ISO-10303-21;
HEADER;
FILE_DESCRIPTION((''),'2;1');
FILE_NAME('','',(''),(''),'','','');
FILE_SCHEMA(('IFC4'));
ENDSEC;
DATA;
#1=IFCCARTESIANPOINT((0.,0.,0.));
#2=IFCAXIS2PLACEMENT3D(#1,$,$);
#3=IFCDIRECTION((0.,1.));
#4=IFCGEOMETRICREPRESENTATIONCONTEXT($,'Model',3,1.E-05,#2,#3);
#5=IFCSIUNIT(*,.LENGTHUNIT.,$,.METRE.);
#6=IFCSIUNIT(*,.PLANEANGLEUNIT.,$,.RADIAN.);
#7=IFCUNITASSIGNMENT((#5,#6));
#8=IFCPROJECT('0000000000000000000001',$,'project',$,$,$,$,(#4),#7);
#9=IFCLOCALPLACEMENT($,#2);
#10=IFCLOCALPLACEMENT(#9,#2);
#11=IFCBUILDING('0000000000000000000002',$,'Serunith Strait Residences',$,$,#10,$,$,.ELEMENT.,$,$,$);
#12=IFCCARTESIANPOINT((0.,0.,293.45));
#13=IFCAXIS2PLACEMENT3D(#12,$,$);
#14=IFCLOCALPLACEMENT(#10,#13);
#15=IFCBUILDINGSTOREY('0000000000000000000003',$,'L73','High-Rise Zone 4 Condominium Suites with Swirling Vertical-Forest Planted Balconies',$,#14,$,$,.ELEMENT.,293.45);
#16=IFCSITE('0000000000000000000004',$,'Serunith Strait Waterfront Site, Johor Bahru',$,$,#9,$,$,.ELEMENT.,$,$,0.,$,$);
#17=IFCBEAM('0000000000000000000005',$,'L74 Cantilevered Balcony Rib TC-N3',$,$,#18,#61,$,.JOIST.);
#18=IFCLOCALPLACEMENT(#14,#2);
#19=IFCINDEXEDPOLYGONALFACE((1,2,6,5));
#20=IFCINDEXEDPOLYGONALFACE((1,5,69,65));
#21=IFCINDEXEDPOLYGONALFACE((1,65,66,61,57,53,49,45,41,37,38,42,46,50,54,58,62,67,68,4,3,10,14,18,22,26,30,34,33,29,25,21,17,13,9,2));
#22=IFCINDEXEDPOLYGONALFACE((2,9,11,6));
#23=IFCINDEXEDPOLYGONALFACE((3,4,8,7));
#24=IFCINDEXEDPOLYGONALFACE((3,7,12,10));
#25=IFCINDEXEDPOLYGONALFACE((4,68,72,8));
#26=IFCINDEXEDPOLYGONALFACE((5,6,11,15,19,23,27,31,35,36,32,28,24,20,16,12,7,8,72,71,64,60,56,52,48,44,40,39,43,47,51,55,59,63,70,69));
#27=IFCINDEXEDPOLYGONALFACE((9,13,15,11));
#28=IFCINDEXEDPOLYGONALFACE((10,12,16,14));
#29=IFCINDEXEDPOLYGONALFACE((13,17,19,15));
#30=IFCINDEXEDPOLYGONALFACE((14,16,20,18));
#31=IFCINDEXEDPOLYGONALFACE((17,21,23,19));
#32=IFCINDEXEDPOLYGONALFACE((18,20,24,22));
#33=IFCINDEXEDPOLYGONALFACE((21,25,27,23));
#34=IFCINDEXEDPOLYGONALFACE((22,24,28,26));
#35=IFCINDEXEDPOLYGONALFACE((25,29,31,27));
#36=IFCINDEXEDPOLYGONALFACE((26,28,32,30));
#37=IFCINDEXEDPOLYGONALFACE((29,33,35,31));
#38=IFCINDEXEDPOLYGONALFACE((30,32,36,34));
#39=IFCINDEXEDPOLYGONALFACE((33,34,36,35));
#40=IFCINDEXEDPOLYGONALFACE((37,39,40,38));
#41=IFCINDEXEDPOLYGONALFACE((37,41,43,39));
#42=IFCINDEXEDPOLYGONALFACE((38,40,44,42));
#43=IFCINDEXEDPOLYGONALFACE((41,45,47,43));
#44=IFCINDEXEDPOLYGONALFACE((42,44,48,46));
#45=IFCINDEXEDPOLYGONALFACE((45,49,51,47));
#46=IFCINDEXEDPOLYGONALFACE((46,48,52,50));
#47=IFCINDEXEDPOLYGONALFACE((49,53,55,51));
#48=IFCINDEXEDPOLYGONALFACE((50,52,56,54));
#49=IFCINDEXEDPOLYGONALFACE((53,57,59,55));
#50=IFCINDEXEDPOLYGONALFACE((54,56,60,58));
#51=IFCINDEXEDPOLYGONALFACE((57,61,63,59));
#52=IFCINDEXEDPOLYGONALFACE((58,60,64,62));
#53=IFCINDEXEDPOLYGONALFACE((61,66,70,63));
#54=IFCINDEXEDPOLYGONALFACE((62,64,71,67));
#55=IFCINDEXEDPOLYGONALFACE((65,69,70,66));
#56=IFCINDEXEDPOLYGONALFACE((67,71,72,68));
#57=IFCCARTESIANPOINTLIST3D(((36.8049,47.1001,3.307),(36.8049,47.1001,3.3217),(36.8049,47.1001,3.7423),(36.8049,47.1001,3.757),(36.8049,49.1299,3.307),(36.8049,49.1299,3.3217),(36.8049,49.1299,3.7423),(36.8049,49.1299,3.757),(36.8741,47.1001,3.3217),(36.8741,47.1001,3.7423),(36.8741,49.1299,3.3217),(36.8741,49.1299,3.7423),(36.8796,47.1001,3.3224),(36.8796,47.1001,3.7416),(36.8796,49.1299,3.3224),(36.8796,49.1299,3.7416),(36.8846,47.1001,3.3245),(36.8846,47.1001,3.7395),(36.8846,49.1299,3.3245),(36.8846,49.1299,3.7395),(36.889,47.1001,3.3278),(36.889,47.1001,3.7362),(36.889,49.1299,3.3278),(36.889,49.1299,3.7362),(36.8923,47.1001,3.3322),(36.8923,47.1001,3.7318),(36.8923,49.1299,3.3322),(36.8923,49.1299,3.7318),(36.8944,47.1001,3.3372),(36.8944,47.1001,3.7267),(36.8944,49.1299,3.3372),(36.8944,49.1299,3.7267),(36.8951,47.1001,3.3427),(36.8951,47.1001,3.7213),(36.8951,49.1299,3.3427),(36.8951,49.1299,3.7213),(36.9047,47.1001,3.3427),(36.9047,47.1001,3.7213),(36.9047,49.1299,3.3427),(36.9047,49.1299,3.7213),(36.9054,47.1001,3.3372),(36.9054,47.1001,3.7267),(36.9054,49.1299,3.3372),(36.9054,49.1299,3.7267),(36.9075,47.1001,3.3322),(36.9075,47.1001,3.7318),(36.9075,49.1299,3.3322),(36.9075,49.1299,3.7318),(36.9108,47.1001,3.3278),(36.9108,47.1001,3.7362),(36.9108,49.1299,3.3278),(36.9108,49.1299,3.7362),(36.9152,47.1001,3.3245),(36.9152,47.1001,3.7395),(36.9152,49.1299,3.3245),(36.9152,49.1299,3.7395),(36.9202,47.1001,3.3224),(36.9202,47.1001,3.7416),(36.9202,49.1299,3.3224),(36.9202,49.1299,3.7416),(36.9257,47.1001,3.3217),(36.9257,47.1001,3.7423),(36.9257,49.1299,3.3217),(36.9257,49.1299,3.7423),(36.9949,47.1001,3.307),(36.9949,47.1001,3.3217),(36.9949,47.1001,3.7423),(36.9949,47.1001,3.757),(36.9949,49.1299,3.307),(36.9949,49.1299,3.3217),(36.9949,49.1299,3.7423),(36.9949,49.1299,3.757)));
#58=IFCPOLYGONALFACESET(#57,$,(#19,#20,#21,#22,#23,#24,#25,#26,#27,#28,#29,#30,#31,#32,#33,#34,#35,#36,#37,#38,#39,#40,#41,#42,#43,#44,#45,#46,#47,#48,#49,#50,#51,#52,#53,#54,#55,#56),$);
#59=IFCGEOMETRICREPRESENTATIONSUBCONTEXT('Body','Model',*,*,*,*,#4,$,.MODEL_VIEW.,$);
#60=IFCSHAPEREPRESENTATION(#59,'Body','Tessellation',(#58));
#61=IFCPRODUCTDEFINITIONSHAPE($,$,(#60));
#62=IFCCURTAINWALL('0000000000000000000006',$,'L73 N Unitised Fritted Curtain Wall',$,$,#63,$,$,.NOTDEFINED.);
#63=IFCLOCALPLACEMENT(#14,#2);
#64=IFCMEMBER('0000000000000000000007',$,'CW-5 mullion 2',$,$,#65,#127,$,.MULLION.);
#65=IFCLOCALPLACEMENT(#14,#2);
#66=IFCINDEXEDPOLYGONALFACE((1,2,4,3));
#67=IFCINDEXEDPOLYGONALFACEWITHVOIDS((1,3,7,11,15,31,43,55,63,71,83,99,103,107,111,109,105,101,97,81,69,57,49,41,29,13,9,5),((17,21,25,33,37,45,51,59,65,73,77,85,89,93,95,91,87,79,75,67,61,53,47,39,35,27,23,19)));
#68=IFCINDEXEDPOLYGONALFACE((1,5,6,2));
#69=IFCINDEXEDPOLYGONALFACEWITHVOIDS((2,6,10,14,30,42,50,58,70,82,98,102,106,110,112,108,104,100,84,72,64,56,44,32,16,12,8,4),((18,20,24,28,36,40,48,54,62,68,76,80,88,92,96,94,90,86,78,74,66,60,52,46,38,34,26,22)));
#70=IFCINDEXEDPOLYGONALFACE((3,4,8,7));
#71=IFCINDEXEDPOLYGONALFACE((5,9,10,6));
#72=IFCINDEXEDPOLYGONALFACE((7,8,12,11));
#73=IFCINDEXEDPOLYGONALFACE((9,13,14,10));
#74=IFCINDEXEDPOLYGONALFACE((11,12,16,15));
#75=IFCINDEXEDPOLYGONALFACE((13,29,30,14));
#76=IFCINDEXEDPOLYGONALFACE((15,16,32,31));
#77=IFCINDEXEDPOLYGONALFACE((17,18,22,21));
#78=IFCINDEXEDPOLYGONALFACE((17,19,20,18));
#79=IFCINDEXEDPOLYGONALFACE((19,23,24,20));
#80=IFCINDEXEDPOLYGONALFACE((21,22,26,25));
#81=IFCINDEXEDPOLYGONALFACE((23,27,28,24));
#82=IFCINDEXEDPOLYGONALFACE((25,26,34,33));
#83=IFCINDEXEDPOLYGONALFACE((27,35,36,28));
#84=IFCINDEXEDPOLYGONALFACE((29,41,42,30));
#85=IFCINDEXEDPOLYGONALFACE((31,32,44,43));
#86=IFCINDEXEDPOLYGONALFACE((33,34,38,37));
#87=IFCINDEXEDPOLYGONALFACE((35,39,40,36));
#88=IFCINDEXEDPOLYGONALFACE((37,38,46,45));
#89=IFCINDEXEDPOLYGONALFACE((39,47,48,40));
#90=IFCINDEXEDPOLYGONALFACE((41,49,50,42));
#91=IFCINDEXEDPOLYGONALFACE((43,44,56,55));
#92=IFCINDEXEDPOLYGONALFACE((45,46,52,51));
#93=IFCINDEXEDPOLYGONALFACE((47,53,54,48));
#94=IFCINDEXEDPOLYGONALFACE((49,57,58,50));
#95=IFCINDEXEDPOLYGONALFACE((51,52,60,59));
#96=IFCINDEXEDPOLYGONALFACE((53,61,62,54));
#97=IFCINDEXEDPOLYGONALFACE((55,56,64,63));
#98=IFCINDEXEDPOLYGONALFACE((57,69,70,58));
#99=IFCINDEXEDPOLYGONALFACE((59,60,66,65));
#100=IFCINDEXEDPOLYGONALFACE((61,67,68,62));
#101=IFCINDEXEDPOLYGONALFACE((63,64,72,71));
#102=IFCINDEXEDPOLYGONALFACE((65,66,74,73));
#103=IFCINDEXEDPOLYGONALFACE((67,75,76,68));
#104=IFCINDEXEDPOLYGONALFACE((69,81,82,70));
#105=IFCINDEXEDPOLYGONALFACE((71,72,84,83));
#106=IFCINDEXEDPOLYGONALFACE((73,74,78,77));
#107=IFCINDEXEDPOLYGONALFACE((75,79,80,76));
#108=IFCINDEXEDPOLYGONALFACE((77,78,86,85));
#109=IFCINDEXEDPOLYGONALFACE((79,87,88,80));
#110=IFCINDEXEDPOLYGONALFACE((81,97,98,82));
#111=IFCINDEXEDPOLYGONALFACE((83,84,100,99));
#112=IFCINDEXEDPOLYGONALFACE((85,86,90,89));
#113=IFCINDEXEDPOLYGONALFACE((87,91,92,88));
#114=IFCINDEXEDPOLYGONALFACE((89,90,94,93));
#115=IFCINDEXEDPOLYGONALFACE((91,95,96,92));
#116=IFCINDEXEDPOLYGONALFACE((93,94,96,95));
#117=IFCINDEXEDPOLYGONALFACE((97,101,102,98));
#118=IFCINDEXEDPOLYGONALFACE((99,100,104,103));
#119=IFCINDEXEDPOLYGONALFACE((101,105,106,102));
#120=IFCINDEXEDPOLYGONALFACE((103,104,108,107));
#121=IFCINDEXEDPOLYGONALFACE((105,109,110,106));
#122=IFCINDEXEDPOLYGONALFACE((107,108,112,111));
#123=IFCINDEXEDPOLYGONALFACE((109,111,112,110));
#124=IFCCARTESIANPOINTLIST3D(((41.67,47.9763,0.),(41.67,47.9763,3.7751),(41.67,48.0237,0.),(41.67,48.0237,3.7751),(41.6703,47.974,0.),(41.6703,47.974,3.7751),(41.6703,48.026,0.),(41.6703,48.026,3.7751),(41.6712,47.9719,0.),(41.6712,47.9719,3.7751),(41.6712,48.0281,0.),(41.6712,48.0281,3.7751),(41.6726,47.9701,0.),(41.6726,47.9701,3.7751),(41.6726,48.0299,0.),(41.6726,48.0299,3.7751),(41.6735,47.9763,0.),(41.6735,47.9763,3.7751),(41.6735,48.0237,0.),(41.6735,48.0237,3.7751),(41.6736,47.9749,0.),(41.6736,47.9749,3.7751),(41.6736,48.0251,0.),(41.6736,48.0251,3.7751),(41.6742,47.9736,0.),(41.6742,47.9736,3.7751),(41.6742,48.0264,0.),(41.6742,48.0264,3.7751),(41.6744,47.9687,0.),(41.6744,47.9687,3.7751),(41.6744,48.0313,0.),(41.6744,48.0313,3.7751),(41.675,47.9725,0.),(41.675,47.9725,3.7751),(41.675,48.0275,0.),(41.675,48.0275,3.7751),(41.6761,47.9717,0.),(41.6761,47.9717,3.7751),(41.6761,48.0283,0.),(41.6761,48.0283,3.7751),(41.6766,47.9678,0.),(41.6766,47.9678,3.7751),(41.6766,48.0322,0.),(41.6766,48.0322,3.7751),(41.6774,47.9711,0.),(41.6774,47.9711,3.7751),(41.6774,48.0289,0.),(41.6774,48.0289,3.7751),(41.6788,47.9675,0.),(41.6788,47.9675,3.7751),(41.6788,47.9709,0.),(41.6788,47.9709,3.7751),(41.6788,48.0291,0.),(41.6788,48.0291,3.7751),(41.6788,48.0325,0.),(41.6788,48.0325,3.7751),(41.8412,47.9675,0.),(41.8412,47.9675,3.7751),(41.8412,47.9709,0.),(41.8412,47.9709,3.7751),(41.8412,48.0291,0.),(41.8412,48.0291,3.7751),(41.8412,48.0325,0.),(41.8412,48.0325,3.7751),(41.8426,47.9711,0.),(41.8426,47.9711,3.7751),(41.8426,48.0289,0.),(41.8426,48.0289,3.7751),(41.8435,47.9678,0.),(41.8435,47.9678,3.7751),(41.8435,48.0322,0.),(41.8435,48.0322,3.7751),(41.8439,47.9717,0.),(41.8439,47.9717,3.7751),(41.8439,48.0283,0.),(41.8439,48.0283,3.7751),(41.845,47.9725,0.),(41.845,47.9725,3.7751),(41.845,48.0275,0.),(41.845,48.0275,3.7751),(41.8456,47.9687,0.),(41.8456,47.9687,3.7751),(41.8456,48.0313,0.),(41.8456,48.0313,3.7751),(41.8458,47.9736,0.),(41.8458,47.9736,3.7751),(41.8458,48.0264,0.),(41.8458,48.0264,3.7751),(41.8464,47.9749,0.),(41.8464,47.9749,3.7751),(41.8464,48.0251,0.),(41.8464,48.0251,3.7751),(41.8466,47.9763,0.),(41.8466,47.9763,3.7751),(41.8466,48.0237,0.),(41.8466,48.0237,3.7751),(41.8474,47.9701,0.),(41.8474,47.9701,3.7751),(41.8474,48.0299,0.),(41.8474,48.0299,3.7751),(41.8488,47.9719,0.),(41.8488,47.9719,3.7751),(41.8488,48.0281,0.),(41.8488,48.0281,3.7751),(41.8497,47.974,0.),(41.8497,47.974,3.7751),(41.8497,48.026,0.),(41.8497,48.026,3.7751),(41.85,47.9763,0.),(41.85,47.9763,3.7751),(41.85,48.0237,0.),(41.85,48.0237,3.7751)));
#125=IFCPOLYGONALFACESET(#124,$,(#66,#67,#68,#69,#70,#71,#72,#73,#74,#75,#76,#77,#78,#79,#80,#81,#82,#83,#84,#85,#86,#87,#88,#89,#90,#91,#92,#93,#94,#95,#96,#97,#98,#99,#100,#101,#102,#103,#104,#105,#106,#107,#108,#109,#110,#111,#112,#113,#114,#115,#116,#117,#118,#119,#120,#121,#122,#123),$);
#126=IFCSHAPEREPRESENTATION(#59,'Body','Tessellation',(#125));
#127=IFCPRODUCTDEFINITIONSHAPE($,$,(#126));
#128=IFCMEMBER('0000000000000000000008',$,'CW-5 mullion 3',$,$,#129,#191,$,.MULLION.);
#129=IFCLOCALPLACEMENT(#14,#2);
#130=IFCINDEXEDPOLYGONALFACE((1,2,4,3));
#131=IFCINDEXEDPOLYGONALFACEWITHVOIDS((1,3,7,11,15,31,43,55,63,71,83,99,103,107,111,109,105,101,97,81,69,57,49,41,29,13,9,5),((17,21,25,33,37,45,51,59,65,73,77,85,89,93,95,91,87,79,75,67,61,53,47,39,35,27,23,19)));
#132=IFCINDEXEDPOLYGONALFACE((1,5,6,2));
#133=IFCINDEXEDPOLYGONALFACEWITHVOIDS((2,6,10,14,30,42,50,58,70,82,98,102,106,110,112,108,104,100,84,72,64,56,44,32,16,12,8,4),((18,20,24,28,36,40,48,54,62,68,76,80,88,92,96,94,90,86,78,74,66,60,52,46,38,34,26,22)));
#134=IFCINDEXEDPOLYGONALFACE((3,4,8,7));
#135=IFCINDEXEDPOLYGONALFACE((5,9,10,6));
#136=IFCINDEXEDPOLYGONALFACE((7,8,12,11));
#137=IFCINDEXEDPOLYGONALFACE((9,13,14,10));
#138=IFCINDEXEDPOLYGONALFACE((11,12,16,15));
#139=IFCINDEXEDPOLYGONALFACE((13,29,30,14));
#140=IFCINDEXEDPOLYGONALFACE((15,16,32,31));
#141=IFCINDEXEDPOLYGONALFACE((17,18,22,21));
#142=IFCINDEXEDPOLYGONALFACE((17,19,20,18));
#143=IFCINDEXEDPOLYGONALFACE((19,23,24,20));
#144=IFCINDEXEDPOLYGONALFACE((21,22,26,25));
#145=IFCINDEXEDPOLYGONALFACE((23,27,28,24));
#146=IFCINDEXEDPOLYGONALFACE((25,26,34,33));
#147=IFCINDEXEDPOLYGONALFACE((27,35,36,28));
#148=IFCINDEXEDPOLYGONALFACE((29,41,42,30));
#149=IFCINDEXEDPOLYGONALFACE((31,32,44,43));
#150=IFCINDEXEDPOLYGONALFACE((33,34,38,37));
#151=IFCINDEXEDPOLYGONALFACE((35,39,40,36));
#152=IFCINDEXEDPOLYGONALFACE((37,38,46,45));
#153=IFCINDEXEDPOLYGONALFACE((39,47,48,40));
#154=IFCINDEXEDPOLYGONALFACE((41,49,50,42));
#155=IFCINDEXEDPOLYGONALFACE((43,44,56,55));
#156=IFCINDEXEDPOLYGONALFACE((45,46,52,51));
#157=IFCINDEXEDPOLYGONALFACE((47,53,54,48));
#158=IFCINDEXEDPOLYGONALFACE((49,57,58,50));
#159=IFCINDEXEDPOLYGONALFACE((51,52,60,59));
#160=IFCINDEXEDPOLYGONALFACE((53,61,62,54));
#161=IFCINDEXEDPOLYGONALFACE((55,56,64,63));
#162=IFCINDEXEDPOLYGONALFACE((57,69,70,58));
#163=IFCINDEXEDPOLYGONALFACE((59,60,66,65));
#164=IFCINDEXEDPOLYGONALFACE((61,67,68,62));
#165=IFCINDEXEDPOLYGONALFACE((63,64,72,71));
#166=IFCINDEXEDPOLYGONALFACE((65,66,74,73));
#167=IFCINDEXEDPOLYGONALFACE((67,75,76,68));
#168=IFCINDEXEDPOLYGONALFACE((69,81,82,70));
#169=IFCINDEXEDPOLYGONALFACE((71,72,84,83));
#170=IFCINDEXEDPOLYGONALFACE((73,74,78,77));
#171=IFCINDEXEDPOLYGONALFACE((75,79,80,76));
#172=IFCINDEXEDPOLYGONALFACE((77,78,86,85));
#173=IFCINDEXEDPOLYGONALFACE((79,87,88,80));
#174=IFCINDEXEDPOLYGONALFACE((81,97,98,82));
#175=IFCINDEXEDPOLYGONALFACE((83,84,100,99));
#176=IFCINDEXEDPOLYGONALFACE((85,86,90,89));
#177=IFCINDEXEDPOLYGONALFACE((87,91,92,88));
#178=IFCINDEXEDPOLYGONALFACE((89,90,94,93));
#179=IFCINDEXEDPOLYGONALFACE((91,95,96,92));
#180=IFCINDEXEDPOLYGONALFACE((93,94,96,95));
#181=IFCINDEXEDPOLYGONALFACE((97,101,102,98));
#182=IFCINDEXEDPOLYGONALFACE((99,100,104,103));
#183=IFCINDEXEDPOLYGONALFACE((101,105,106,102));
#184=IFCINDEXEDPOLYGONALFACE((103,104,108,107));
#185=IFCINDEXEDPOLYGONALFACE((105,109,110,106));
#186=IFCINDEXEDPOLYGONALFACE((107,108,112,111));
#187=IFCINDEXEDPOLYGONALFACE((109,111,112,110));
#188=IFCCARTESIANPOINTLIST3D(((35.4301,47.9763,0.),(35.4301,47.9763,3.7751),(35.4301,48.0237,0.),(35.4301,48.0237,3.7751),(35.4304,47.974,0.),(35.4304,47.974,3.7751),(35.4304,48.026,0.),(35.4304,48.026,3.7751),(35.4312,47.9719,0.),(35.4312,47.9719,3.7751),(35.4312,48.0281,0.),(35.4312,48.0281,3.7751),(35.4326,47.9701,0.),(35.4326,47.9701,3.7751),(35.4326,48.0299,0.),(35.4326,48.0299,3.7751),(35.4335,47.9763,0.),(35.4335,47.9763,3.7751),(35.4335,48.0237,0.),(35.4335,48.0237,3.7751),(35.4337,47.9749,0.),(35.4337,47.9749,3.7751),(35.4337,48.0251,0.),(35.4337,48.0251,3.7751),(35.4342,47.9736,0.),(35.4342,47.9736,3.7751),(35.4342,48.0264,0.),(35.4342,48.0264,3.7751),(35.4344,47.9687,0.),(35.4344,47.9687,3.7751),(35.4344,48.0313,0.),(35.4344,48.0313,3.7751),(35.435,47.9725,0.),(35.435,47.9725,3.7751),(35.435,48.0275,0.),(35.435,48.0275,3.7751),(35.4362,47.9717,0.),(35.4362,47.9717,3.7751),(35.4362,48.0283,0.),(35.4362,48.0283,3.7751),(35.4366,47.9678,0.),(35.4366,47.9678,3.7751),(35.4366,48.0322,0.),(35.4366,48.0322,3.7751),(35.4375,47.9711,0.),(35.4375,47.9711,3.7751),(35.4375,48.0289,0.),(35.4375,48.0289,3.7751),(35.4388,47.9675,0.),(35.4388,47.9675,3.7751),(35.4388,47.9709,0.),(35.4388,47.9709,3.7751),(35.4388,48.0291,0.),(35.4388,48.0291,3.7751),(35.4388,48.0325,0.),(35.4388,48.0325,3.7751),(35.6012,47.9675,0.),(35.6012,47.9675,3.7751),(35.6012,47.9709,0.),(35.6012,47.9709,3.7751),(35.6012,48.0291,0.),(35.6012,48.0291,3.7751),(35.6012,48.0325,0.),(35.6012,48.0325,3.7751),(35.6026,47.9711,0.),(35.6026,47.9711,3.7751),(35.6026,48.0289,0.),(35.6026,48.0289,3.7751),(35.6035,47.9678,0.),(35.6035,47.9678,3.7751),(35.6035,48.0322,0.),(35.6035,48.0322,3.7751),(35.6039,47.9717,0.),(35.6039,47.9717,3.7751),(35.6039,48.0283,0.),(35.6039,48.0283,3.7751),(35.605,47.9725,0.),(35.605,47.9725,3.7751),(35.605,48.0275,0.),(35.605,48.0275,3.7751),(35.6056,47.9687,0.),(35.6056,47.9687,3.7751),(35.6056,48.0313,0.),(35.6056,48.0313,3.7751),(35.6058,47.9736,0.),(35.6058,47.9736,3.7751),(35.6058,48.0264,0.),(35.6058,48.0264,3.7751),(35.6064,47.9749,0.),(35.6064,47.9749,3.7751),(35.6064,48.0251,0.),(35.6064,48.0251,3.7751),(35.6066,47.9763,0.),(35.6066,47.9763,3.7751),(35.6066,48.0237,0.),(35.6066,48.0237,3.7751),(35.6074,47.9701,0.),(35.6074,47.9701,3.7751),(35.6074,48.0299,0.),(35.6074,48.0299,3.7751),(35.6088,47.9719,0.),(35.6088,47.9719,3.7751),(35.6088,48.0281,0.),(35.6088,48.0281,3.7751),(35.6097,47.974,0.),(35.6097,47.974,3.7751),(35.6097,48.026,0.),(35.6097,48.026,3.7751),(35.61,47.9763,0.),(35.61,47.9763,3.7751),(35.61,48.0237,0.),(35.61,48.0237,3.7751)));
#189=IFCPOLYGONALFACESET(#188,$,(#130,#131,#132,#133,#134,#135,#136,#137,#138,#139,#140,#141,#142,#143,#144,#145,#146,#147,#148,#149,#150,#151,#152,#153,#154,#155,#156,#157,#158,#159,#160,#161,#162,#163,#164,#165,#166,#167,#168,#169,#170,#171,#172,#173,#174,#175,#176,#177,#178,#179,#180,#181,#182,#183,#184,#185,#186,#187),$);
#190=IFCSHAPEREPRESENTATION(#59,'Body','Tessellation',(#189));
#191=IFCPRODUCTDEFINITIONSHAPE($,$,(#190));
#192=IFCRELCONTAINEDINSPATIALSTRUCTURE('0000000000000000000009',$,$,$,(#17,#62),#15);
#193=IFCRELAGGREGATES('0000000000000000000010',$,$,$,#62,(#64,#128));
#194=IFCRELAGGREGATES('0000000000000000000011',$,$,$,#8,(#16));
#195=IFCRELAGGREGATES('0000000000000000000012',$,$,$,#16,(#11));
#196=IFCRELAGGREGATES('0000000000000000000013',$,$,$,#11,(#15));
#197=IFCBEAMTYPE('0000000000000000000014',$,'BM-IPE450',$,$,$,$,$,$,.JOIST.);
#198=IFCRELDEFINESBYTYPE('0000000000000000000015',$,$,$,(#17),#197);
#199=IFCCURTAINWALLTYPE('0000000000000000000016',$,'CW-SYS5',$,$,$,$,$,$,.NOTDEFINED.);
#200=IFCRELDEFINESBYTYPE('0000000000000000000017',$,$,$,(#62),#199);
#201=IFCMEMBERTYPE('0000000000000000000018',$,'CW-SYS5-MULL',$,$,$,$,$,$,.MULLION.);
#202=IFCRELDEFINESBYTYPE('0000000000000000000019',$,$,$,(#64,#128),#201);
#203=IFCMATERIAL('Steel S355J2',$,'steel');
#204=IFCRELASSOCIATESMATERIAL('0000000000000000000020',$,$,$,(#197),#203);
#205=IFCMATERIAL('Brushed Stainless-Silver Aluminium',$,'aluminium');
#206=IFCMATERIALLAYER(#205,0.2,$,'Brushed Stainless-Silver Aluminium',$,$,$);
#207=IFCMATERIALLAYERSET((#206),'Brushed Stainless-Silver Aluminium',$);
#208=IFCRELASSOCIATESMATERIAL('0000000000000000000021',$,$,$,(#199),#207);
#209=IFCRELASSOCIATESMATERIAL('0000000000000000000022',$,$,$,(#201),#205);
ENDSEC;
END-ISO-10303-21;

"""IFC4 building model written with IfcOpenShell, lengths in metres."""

from ifc_helpers import new_model, si_unit, direction, frame, origin, origin_2d, place, context, subcontext, project, spatial, hollow_rectangle, i_section, extrude, source, transform, mapped, material, layer, layer_set, material_profile, profile_set, type_object, element, aggregate, save


model = new_model("IFC4")

# Units and contexts
model_context = context("Model", 3, precision=1e-05, world=origin(), true_north=direction((0.0, 1.0)))
body_context = subcontext(model_context, "Body", "Model", "MODEL_VIEW")
ifc_project = project(units=[si_unit("LENGTHUNIT", "METRE"), si_unit("PLANEANGLEUNIT", "RADIAN")], contexts=[model_context])

# Site, building, storey
site_placement = place(None, origin())
site = spatial("IfcSite", under=ifc_project, at=site_placement, Name="Serunith Strait Waterfront Site, Johor Bahru", CompositionType="ELEMENT", RefElevation=0.0)
building_placement = place(site_placement, origin())
building = spatial("IfcBuilding", under=site, at=building_placement, Name="Serunith Strait Residences", CompositionType="ELEMENT")
storey_placement = place(building_placement, frame((0.0, 0.0, 293.45)))
storey = spatial("IfcBuildingStorey", under=building, at=storey_placement, Name="L73", Description="High-Rise Zone 4 Condominium Suites with Swirling Vertical-Forest Planted Balconies", CompositionType="ELEMENT", Elevation=293.45)

# Beam
ifc_material_1 = material(Name="Steel S355J2", Category="steel")
ifc_material_profile_1 = material_profile(ifc_material_1, i_section(OverallWidth=0.1899, OverallDepth=0.45, WebThickness=0.0095, FlangeThickness=0.0146, FilletRadius=0.021, at=origin_2d()), Name="IPE 450")
ifc_profile_set_1 = profile_set([ifc_material_profile_1], Name="Steel S355J2")
beam_type_1 = type_object("IfcBeamType", Name="BM-IPE450", PredefinedType="JOIST", material=ifc_profile_set_1)
shared_shape_1 = source(origin(), body_context, "Body", "SweptSolid", [
    extrude(i_section(OverallWidth=0.1899, OverallDepth=0.45, WebThickness=0.0095, FlangeThickness=0.0146, FilletRadius=0.021, at=origin_2d()), origin(), (0.0, 0.0, 1.0), 2.0298),
])
beam_1_placement = place(storey_placement, frame((36.8999, 47.1001, 3.532), z_axis=(0.0, 1.0, 0.0), x_axis=(-1.0, 0.0, 0.0)))
element("IfcBeam", 1, at=beam_1_placement, inside=storey, type_object=beam_type_1, Name="L74 Cantilevered Balcony Rib TC-N3", PredefinedType="JOIST", context=body_context, shape_type="MappedRepresentation", body=[
    mapped(shared_shape_1, transform((0.0, 0.0, 0.0), scale=1.0)),
])

# Curtain wall, members
ifc_material_2 = material(Name="Brushed Stainless-Silver Aluminium", Category="aluminium")
ifc_layer_1 = layer(ifc_material_2, 0.2, Name="Brushed Stainless-Silver Aluminium")
ifc_layer_set_1 = layer_set([ifc_layer_1], Name="Brushed Stainless-Silver Aluminium")
curtain_wall_type = type_object("IfcCurtainWallType", Name="CW-SYS5", PredefinedType="NOTDEFINED", material=ifc_layer_set_1)
curtain_wall_placement = place(storey_placement, origin())
curtain_wall = element("IfcCurtainWall", 2, at=curtain_wall_placement, inside=storey, type_object=curtain_wall_type, Name="L73 N Unitised Fritted Curtain Wall", PredefinedType="NOTDEFINED")
ifc_material_profile_2 = material_profile(ifc_material_2, hollow_rectangle(XDim=0.0649, YDim=0.1799, WallThickness=0.0034, InnerFilletRadius=0.0054, OuterFilletRadius=0.0088, at=origin_2d()), Name="ALU 180x65x3.5")
ifc_profile_set_2 = profile_set([ifc_material_profile_2], Name="Brushed Stainless-Silver Aluminium")
member_type_1 = type_object("IfcMemberType", Name="CW-SYS5-MULL", PredefinedType="MULLION", material=ifc_profile_set_2)
shared_shape_2 = source(origin(), body_context, "Body", "SweptSolid", [
    extrude(hollow_rectangle(XDim=0.0649, YDim=0.1799, WallThickness=0.0034, InnerFilletRadius=0.0054, OuterFilletRadius=0.0088, at=origin_2d()), origin(), (0.0, 0.0, 1.0), 3.7751),
])
member_1_placement = place(storey_placement, frame((41.76, 48.0, 0.0), z_axis=(0.0, 0.0, 1.0), x_axis=(0.0, -1.0, 0.0)))
member_1 = element("IfcMember", 3, at=member_1_placement, type_object=member_type_1, Name="CW-5 mullion 2", PredefinedType="MULLION", context=body_context, shape_type="MappedRepresentation", body=[
    mapped(shared_shape_2, transform((0.0, 0.0, 0.0), scale=1.0)),
])
member_2_placement = place(storey_placement, frame((35.52, 48.0, 0.0), z_axis=(0.0, 0.0, 1.0), x_axis=(0.0, -1.0, 0.0)))
member_2 = element("IfcMember", 4, at=member_2_placement, type_object=member_type_1, Name="CW-5 mullion 3", PredefinedType="MULLION", context=body_context, shape_type="MappedRepresentation", body=[
    mapped(shared_shape_2, transform((0.0, 0.0, 0.0), scale=1.0)),
])
aggregate(curtain_wall, [member_1, member_2])

save(model, "model.ifc")
